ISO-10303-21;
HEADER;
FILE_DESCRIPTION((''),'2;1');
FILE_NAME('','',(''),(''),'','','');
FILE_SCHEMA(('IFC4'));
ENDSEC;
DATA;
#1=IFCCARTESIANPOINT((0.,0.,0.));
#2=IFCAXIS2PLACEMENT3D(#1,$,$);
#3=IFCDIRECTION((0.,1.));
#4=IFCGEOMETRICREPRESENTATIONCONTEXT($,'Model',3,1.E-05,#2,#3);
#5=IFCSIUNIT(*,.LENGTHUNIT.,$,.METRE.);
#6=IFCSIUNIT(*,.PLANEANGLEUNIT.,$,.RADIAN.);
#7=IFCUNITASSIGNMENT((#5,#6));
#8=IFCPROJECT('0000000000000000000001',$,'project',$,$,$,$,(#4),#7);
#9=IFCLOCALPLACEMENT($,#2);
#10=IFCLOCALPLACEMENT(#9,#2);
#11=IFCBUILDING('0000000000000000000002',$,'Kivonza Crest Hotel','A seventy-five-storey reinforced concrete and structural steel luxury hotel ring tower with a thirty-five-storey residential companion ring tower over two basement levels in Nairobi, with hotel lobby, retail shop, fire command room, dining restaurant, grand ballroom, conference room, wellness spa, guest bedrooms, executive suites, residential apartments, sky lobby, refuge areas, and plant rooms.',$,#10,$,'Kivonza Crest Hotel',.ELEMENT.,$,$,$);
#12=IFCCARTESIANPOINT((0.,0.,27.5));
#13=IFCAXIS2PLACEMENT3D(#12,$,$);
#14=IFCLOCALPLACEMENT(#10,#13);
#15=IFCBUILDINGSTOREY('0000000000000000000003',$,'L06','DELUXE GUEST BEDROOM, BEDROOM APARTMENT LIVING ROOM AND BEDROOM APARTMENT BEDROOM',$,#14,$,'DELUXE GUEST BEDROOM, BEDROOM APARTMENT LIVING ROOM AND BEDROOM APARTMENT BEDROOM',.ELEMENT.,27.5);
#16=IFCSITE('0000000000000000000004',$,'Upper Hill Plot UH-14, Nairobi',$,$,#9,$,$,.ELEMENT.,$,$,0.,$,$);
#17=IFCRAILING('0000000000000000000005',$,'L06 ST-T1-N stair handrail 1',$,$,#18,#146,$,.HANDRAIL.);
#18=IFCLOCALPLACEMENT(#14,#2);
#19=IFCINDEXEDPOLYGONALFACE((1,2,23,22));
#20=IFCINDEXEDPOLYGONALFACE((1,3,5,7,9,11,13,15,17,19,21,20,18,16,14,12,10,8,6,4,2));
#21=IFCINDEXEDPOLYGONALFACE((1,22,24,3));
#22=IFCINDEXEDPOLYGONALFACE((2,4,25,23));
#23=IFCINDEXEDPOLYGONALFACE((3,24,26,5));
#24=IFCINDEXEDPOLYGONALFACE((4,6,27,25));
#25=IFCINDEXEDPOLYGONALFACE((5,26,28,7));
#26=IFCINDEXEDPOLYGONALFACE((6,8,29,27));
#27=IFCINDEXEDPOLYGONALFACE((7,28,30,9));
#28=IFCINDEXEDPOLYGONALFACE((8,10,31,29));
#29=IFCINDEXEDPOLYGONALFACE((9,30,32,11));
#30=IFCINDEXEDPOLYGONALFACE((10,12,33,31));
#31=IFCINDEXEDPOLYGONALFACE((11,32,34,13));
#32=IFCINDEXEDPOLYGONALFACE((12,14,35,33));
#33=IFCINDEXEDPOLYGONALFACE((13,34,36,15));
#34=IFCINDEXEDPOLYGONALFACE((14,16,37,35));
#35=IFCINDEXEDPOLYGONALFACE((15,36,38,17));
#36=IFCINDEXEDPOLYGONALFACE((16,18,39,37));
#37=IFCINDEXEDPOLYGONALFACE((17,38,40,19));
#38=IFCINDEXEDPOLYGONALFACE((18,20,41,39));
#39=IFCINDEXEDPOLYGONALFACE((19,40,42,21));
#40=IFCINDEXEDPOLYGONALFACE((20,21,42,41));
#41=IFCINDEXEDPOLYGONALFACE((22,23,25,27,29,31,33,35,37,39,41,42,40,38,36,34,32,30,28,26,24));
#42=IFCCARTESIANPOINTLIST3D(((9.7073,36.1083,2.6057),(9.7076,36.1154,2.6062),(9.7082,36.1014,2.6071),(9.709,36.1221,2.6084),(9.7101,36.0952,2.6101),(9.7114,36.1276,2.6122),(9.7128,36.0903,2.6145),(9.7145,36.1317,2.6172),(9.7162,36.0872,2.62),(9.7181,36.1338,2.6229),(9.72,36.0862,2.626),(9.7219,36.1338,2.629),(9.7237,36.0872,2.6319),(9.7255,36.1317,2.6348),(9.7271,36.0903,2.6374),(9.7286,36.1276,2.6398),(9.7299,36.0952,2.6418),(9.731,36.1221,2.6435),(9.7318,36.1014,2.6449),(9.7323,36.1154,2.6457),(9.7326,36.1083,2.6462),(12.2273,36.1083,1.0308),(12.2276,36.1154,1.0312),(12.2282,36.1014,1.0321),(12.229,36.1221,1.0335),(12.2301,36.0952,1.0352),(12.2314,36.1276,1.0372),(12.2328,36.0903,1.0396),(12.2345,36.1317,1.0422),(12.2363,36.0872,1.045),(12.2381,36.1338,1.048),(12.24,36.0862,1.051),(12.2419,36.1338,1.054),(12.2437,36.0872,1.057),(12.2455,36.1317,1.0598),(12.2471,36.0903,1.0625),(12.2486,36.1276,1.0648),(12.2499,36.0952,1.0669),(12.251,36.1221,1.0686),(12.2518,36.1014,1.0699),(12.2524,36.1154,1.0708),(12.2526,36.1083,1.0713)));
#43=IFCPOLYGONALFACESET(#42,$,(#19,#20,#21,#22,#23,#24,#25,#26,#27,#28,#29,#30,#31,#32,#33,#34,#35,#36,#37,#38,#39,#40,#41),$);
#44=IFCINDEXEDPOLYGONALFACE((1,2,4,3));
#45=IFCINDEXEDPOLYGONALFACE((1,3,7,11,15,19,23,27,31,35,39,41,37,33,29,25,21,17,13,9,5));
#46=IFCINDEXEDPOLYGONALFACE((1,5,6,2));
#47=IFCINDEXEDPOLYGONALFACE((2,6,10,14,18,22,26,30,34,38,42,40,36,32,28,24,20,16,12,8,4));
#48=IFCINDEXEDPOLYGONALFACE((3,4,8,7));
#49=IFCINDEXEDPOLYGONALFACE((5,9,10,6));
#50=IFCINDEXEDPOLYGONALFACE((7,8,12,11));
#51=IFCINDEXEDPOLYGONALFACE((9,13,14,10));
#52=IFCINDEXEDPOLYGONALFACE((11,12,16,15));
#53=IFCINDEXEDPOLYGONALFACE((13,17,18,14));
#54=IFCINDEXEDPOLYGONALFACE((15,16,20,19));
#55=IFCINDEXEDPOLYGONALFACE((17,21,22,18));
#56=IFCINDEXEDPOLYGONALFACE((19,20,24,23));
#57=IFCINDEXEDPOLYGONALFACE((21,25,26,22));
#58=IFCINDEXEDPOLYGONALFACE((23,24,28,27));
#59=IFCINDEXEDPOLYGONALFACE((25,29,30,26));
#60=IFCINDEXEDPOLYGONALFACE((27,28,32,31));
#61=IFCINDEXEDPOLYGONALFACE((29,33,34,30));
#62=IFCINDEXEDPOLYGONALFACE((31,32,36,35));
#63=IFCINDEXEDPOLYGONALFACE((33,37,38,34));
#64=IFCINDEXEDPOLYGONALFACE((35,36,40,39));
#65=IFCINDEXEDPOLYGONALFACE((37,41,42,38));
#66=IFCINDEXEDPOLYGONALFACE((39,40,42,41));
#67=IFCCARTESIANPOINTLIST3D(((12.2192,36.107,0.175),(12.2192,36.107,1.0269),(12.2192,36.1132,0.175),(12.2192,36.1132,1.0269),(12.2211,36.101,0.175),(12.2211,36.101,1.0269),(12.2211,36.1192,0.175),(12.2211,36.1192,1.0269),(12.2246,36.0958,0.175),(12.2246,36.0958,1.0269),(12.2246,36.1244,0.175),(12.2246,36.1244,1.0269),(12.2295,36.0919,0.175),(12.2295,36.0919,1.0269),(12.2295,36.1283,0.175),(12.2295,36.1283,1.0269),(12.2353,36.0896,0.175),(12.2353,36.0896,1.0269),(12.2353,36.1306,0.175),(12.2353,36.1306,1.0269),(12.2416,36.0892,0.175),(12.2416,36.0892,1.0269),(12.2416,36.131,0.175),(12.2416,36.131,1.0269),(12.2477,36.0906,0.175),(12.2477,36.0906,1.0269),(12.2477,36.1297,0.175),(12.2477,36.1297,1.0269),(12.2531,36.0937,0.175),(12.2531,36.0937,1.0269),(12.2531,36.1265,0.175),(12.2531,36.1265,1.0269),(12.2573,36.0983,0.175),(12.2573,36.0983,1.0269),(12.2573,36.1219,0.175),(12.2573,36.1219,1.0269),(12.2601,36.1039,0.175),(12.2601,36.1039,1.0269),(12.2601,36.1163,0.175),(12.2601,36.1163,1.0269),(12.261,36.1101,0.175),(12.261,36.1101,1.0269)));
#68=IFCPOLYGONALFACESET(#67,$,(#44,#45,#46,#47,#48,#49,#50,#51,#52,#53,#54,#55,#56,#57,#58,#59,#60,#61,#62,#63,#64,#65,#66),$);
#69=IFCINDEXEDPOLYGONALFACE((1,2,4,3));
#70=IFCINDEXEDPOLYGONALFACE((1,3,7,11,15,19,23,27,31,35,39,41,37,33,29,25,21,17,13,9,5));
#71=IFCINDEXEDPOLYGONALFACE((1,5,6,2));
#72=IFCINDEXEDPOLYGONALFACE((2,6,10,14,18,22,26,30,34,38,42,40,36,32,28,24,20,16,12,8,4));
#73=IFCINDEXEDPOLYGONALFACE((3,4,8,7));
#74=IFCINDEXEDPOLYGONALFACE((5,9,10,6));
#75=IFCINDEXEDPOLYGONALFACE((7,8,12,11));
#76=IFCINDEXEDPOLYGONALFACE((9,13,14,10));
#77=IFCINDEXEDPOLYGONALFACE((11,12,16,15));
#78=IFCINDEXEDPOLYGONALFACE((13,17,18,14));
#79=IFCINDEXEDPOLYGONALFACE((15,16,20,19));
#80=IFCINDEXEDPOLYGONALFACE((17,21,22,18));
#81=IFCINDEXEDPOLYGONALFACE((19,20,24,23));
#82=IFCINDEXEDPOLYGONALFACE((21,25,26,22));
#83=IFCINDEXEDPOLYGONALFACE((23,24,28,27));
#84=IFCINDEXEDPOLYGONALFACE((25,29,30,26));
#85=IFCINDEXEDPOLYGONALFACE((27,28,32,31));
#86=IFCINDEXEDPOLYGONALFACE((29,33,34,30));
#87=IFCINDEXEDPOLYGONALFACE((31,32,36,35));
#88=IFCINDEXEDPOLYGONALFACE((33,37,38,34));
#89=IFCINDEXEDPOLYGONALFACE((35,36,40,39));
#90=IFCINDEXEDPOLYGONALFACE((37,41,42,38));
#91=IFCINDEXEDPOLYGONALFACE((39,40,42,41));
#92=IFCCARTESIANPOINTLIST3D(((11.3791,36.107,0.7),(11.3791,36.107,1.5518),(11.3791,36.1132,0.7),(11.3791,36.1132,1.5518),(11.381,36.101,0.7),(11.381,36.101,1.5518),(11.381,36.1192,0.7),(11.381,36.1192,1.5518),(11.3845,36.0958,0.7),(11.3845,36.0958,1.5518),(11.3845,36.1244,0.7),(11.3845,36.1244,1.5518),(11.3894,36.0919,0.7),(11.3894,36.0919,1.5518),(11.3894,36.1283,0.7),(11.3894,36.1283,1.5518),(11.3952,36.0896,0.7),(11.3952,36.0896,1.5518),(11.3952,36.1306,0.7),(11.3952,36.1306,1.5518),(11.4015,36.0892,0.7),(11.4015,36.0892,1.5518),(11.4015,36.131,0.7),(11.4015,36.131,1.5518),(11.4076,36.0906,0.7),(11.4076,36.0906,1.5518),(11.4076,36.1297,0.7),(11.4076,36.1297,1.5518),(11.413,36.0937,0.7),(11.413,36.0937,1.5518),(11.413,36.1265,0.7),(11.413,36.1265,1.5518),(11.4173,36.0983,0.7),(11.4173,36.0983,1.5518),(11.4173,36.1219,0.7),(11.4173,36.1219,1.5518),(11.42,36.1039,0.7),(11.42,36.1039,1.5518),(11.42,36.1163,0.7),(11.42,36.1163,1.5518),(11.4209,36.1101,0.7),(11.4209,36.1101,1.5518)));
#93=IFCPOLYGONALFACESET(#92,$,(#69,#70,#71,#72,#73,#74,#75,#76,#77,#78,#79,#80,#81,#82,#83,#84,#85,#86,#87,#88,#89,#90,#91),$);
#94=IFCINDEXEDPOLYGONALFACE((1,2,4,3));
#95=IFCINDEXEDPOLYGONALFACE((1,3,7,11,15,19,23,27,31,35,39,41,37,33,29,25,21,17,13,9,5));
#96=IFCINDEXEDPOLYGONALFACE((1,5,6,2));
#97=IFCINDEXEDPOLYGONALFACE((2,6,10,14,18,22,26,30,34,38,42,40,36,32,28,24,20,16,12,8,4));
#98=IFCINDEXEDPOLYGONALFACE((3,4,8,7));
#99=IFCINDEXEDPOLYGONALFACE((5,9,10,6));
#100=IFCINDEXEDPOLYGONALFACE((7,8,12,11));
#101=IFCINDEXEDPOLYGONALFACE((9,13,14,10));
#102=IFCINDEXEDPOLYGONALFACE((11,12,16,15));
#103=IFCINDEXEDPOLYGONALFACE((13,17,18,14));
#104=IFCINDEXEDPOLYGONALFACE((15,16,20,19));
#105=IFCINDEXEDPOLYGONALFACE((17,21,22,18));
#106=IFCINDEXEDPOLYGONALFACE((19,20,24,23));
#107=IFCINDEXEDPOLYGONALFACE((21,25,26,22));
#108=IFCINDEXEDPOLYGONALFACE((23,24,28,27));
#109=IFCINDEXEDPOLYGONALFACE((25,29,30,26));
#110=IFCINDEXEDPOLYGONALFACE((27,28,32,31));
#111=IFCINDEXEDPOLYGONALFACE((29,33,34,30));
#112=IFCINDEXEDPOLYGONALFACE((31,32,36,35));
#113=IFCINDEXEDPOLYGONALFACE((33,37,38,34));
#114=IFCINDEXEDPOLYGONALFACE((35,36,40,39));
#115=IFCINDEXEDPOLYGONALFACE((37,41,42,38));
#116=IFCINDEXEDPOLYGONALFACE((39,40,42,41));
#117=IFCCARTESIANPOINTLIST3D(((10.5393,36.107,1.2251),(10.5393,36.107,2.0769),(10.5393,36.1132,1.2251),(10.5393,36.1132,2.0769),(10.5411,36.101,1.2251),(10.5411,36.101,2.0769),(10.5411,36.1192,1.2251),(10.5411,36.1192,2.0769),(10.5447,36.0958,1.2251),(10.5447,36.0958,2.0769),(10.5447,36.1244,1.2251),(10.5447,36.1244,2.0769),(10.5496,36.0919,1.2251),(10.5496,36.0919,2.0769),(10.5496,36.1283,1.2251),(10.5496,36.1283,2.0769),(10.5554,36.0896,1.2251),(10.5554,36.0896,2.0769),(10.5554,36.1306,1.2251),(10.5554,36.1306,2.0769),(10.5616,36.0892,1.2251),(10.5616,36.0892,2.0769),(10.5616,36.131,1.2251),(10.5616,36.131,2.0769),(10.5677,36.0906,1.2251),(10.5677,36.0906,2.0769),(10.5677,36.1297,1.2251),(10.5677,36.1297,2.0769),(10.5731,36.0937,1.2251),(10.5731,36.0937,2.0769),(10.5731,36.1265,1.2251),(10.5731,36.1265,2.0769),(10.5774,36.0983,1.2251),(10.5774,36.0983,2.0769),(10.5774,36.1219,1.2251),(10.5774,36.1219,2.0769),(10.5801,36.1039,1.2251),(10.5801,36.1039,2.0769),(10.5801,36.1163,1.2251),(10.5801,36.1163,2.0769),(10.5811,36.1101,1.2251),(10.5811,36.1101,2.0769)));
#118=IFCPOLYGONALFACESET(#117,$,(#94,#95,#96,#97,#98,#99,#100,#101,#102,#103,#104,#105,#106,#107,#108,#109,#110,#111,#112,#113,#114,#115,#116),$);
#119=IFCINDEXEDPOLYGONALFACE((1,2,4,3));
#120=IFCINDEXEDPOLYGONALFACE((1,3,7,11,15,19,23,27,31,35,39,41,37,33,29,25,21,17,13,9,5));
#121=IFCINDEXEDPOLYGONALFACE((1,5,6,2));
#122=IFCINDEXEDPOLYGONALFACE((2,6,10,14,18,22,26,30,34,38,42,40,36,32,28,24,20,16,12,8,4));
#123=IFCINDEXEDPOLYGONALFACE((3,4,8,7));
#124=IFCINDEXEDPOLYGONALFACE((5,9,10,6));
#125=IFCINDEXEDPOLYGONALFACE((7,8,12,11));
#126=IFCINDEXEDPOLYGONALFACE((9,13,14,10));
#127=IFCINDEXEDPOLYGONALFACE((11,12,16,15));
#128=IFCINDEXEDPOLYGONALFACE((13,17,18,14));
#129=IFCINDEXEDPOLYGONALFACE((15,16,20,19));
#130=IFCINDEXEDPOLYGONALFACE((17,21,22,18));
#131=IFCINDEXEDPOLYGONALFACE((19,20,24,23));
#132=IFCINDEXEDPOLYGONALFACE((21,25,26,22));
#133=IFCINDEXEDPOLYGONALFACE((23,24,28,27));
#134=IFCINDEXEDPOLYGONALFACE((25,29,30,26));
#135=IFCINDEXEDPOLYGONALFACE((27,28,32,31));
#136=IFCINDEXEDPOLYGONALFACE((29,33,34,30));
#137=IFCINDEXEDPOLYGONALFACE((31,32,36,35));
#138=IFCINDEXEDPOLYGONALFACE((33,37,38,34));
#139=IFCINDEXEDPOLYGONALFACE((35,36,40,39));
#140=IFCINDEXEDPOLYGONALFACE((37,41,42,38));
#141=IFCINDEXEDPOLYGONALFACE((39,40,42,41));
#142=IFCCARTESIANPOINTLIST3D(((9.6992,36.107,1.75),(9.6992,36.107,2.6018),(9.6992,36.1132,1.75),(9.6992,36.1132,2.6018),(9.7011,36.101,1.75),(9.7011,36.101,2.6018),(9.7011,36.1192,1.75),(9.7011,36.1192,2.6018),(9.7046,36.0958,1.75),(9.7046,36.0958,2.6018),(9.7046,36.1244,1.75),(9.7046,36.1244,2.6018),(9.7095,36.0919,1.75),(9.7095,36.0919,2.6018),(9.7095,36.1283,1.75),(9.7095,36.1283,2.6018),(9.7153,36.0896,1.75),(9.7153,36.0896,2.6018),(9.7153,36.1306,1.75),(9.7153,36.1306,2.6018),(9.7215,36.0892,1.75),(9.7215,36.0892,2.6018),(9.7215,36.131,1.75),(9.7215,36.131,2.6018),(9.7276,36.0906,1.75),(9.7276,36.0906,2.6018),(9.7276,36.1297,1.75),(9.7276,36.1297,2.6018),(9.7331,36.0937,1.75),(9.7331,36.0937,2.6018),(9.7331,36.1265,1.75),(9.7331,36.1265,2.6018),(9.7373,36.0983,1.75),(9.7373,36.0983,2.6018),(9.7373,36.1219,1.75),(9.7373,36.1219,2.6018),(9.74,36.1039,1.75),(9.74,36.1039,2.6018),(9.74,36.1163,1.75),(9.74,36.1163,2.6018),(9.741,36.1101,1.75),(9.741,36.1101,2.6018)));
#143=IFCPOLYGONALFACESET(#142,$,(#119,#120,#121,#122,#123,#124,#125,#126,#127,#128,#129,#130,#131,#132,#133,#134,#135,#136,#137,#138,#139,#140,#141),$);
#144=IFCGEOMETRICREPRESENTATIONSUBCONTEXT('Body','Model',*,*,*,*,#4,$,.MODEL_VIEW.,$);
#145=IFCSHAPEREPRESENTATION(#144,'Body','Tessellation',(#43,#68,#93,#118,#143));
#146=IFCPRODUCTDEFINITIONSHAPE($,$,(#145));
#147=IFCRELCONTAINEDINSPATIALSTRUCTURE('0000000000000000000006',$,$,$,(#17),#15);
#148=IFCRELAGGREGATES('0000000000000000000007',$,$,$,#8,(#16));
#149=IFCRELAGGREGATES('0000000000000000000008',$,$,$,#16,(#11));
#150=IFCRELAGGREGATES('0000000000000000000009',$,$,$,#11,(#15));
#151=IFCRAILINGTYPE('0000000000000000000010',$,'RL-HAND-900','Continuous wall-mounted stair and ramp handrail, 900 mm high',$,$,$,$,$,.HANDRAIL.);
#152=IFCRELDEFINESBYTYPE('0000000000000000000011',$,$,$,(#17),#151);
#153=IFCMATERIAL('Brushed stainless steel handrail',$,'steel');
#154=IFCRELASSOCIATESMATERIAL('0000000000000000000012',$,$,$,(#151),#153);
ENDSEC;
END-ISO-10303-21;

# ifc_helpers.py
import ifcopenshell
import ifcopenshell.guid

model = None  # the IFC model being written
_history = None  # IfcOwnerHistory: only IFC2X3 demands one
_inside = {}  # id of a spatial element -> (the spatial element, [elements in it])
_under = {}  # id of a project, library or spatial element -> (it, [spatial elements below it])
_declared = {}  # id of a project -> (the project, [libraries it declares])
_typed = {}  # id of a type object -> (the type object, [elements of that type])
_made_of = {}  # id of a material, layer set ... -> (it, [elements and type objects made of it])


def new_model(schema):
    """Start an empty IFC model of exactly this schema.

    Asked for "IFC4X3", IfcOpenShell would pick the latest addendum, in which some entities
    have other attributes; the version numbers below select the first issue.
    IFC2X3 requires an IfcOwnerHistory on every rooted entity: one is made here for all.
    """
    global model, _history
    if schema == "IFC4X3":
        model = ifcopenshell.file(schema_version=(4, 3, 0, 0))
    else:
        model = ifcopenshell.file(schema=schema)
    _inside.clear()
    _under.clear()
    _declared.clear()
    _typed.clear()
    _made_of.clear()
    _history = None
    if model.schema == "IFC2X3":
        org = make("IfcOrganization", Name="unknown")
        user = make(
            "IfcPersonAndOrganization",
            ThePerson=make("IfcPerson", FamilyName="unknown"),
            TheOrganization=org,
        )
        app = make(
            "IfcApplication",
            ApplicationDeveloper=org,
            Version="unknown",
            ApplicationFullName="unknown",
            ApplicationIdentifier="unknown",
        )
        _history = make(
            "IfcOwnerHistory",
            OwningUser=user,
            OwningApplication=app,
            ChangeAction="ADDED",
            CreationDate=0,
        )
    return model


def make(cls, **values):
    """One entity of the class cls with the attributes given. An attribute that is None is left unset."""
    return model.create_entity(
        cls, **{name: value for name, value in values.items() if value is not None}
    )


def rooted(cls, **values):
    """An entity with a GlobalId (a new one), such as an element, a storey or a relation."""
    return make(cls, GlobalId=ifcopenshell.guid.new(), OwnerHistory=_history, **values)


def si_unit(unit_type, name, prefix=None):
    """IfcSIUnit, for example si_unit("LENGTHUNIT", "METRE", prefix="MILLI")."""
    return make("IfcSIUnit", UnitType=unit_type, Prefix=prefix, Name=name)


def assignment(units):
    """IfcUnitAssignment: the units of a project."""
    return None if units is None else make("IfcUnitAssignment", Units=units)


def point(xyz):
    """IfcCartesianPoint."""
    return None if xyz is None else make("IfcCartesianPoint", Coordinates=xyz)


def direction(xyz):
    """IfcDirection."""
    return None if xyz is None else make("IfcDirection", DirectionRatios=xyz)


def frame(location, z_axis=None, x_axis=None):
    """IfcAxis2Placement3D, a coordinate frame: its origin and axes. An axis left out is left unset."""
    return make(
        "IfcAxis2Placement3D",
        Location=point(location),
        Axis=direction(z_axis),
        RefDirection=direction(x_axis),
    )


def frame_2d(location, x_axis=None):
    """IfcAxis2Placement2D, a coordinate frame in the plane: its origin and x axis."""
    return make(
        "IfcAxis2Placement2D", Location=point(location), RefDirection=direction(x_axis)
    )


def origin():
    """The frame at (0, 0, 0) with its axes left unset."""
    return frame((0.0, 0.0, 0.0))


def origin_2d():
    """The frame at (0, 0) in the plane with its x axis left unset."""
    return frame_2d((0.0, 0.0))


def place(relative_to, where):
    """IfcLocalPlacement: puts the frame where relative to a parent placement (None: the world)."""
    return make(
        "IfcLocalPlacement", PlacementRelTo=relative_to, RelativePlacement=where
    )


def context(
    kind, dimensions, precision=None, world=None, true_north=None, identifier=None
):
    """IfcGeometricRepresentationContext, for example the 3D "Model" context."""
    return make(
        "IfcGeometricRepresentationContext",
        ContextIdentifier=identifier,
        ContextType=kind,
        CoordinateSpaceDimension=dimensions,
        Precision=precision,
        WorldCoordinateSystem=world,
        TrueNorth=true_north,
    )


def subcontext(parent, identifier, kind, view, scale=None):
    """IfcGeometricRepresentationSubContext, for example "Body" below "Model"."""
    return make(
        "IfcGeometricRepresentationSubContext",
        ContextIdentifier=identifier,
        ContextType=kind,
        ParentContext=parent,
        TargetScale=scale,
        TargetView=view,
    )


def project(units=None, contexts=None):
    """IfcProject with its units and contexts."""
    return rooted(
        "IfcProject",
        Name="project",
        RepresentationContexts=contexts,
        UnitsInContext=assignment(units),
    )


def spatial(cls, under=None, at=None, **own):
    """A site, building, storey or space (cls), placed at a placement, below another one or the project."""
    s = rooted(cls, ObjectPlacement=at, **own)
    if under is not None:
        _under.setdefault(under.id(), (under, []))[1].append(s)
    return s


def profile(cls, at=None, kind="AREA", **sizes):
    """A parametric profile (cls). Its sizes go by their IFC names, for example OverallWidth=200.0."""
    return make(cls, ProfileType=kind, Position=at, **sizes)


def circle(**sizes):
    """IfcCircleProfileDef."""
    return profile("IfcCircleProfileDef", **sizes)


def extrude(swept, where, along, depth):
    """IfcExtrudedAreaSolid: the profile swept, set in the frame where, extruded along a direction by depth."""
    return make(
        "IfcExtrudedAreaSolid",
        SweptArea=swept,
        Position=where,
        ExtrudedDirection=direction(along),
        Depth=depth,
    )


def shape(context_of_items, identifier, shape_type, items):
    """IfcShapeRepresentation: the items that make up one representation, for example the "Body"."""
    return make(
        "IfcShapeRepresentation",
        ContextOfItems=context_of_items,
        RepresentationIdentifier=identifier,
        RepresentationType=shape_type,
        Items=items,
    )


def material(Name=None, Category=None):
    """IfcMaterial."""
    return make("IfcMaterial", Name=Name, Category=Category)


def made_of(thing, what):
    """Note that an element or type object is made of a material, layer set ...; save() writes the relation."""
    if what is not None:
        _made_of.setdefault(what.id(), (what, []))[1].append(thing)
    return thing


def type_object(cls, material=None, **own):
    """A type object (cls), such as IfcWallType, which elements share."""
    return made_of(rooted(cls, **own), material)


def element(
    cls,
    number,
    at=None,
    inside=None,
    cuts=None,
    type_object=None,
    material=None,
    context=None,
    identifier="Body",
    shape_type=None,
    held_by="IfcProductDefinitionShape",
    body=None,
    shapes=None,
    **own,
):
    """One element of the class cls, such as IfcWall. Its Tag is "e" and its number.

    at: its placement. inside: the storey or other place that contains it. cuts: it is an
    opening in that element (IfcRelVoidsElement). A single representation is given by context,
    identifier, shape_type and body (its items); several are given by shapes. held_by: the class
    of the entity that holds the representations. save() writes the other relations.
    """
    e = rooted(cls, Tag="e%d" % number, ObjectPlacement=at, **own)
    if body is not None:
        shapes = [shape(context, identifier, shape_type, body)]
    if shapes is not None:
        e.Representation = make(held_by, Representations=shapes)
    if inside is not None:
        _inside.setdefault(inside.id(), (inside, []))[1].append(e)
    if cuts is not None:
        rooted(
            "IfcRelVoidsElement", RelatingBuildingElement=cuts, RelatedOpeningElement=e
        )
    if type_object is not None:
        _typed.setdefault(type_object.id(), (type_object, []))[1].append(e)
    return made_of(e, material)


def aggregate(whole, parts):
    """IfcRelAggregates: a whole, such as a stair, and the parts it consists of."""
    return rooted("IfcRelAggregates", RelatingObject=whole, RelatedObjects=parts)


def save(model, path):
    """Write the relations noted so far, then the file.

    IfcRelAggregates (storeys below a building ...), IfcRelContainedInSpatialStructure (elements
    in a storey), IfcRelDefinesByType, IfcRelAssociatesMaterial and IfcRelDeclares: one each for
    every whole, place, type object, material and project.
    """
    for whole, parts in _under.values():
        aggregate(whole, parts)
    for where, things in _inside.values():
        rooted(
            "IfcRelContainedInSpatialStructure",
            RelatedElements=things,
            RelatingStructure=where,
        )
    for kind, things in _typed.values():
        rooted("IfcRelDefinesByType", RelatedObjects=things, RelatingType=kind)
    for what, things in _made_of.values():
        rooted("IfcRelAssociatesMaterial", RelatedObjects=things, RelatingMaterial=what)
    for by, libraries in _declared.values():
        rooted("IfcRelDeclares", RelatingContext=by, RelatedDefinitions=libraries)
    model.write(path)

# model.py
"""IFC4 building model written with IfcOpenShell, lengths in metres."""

from ifc_helpers import new_model, si_unit, direction, frame, origin, origin_2d, place, context, subcontext, project, spatial, circle, extrude, material, type_object, element, save


model = new_model("IFC4")

# Units and contexts
model_context = context("Model", 3, precision=1e-05, world=origin(), true_north=direction((0.0, 1.0)))
body_context = subcontext(model_context, "Body", "Model", "MODEL_VIEW")
ifc_project = project(units=[si_unit("LENGTHUNIT", "METRE"), si_unit("PLANEANGLEUNIT", "RADIAN")], contexts=[model_context])

# Site, building, storey
site_placement = place(None, origin())
site = spatial("IfcSite", under=ifc_project, at=site_placement, Name="Upper Hill Plot UH-14, Nairobi", CompositionType="ELEMENT", RefElevation=0.0)
building_placement = place(site_placement, origin())
building = spatial("IfcBuilding", under=site, at=building_placement, Name="Kivonza Crest Hotel", Description="A seventy-five-storey reinforced concrete and structural steel luxury hotel ring tower with a thirty-five-storey residential companion ring tower over two basement levels in Nairobi, with hotel lobby, retail shop, fire command room, dining restaurant, grand ballroom, conference room, wellness spa, guest bedrooms, executive suites, residential apartments, sky lobby, refuge areas, and plant rooms.", LongName="Kivonza Crest Hotel", CompositionType="ELEMENT")
storey_placement = place(building_placement, frame((0.0, 0.0, 27.5)))
storey = spatial("IfcBuildingStorey", under=building, at=storey_placement, Name="L06", Description="DELUXE GUEST BEDROOM, BEDROOM APARTMENT LIVING ROOM AND BEDROOM APARTMENT BEDROOM", LongName="DELUXE GUEST BEDROOM, BEDROOM APARTMENT LIVING ROOM AND BEDROOM APARTMENT BEDROOM", CompositionType="ELEMENT", Elevation=27.5)

# Railing
ifc_material_1 = material(Name="Brushed stainless steel handrail", Category="steel")
railing_type_1 = type_object("IfcRailingType", Name="RL-HAND-900", Description="Continuous wall-mounted stair and ramp handrail, 900 mm high", PredefinedType="HANDRAIL", material=ifc_material_1)
railing_1_placement = place(storey_placement, frame((12.24, 36.1101, 0.175)))
element("IfcRailing", 1, at=railing_1_placement, inside=storey, type_object=railing_type_1, Name="L06 ST-T1-N stair handrail 1", PredefinedType="HANDRAIL", context=body_context, shape_type="SweptSolid", body=[
    extrude(circle(Radius=0.0239, at=origin_2d()), frame((0.0, 0.0, 0.876), z_axis=(-0.848008, 0.0, 0.529984), x_axis=(0.0, -1.0, 0.0)), (0.0, 0.0, 1.0), 2.9717),
    extrude(circle(Radius=0.021, at=origin_2d()), origin(), (0.0, 0.0, 1.0), 0.8518),
    extrude(circle(Radius=0.021, at=origin_2d()), frame((-0.8401, 0.0, 0.5249)), (0.0, 0.0, 1.0), 0.8518),
    extrude(circle(Radius=0.021, at=origin_2d()), frame((-1.6799, 0.0, 1.05)), (0.0, 0.0, 1.0), 0.8518),
    extrude(circle(Radius=0.021, at=origin_2d()), frame((-2.52, 0.0, 1.575)), (0.0, 0.0, 1.0), 0.8518),
])

save(model, "model.ifc")
